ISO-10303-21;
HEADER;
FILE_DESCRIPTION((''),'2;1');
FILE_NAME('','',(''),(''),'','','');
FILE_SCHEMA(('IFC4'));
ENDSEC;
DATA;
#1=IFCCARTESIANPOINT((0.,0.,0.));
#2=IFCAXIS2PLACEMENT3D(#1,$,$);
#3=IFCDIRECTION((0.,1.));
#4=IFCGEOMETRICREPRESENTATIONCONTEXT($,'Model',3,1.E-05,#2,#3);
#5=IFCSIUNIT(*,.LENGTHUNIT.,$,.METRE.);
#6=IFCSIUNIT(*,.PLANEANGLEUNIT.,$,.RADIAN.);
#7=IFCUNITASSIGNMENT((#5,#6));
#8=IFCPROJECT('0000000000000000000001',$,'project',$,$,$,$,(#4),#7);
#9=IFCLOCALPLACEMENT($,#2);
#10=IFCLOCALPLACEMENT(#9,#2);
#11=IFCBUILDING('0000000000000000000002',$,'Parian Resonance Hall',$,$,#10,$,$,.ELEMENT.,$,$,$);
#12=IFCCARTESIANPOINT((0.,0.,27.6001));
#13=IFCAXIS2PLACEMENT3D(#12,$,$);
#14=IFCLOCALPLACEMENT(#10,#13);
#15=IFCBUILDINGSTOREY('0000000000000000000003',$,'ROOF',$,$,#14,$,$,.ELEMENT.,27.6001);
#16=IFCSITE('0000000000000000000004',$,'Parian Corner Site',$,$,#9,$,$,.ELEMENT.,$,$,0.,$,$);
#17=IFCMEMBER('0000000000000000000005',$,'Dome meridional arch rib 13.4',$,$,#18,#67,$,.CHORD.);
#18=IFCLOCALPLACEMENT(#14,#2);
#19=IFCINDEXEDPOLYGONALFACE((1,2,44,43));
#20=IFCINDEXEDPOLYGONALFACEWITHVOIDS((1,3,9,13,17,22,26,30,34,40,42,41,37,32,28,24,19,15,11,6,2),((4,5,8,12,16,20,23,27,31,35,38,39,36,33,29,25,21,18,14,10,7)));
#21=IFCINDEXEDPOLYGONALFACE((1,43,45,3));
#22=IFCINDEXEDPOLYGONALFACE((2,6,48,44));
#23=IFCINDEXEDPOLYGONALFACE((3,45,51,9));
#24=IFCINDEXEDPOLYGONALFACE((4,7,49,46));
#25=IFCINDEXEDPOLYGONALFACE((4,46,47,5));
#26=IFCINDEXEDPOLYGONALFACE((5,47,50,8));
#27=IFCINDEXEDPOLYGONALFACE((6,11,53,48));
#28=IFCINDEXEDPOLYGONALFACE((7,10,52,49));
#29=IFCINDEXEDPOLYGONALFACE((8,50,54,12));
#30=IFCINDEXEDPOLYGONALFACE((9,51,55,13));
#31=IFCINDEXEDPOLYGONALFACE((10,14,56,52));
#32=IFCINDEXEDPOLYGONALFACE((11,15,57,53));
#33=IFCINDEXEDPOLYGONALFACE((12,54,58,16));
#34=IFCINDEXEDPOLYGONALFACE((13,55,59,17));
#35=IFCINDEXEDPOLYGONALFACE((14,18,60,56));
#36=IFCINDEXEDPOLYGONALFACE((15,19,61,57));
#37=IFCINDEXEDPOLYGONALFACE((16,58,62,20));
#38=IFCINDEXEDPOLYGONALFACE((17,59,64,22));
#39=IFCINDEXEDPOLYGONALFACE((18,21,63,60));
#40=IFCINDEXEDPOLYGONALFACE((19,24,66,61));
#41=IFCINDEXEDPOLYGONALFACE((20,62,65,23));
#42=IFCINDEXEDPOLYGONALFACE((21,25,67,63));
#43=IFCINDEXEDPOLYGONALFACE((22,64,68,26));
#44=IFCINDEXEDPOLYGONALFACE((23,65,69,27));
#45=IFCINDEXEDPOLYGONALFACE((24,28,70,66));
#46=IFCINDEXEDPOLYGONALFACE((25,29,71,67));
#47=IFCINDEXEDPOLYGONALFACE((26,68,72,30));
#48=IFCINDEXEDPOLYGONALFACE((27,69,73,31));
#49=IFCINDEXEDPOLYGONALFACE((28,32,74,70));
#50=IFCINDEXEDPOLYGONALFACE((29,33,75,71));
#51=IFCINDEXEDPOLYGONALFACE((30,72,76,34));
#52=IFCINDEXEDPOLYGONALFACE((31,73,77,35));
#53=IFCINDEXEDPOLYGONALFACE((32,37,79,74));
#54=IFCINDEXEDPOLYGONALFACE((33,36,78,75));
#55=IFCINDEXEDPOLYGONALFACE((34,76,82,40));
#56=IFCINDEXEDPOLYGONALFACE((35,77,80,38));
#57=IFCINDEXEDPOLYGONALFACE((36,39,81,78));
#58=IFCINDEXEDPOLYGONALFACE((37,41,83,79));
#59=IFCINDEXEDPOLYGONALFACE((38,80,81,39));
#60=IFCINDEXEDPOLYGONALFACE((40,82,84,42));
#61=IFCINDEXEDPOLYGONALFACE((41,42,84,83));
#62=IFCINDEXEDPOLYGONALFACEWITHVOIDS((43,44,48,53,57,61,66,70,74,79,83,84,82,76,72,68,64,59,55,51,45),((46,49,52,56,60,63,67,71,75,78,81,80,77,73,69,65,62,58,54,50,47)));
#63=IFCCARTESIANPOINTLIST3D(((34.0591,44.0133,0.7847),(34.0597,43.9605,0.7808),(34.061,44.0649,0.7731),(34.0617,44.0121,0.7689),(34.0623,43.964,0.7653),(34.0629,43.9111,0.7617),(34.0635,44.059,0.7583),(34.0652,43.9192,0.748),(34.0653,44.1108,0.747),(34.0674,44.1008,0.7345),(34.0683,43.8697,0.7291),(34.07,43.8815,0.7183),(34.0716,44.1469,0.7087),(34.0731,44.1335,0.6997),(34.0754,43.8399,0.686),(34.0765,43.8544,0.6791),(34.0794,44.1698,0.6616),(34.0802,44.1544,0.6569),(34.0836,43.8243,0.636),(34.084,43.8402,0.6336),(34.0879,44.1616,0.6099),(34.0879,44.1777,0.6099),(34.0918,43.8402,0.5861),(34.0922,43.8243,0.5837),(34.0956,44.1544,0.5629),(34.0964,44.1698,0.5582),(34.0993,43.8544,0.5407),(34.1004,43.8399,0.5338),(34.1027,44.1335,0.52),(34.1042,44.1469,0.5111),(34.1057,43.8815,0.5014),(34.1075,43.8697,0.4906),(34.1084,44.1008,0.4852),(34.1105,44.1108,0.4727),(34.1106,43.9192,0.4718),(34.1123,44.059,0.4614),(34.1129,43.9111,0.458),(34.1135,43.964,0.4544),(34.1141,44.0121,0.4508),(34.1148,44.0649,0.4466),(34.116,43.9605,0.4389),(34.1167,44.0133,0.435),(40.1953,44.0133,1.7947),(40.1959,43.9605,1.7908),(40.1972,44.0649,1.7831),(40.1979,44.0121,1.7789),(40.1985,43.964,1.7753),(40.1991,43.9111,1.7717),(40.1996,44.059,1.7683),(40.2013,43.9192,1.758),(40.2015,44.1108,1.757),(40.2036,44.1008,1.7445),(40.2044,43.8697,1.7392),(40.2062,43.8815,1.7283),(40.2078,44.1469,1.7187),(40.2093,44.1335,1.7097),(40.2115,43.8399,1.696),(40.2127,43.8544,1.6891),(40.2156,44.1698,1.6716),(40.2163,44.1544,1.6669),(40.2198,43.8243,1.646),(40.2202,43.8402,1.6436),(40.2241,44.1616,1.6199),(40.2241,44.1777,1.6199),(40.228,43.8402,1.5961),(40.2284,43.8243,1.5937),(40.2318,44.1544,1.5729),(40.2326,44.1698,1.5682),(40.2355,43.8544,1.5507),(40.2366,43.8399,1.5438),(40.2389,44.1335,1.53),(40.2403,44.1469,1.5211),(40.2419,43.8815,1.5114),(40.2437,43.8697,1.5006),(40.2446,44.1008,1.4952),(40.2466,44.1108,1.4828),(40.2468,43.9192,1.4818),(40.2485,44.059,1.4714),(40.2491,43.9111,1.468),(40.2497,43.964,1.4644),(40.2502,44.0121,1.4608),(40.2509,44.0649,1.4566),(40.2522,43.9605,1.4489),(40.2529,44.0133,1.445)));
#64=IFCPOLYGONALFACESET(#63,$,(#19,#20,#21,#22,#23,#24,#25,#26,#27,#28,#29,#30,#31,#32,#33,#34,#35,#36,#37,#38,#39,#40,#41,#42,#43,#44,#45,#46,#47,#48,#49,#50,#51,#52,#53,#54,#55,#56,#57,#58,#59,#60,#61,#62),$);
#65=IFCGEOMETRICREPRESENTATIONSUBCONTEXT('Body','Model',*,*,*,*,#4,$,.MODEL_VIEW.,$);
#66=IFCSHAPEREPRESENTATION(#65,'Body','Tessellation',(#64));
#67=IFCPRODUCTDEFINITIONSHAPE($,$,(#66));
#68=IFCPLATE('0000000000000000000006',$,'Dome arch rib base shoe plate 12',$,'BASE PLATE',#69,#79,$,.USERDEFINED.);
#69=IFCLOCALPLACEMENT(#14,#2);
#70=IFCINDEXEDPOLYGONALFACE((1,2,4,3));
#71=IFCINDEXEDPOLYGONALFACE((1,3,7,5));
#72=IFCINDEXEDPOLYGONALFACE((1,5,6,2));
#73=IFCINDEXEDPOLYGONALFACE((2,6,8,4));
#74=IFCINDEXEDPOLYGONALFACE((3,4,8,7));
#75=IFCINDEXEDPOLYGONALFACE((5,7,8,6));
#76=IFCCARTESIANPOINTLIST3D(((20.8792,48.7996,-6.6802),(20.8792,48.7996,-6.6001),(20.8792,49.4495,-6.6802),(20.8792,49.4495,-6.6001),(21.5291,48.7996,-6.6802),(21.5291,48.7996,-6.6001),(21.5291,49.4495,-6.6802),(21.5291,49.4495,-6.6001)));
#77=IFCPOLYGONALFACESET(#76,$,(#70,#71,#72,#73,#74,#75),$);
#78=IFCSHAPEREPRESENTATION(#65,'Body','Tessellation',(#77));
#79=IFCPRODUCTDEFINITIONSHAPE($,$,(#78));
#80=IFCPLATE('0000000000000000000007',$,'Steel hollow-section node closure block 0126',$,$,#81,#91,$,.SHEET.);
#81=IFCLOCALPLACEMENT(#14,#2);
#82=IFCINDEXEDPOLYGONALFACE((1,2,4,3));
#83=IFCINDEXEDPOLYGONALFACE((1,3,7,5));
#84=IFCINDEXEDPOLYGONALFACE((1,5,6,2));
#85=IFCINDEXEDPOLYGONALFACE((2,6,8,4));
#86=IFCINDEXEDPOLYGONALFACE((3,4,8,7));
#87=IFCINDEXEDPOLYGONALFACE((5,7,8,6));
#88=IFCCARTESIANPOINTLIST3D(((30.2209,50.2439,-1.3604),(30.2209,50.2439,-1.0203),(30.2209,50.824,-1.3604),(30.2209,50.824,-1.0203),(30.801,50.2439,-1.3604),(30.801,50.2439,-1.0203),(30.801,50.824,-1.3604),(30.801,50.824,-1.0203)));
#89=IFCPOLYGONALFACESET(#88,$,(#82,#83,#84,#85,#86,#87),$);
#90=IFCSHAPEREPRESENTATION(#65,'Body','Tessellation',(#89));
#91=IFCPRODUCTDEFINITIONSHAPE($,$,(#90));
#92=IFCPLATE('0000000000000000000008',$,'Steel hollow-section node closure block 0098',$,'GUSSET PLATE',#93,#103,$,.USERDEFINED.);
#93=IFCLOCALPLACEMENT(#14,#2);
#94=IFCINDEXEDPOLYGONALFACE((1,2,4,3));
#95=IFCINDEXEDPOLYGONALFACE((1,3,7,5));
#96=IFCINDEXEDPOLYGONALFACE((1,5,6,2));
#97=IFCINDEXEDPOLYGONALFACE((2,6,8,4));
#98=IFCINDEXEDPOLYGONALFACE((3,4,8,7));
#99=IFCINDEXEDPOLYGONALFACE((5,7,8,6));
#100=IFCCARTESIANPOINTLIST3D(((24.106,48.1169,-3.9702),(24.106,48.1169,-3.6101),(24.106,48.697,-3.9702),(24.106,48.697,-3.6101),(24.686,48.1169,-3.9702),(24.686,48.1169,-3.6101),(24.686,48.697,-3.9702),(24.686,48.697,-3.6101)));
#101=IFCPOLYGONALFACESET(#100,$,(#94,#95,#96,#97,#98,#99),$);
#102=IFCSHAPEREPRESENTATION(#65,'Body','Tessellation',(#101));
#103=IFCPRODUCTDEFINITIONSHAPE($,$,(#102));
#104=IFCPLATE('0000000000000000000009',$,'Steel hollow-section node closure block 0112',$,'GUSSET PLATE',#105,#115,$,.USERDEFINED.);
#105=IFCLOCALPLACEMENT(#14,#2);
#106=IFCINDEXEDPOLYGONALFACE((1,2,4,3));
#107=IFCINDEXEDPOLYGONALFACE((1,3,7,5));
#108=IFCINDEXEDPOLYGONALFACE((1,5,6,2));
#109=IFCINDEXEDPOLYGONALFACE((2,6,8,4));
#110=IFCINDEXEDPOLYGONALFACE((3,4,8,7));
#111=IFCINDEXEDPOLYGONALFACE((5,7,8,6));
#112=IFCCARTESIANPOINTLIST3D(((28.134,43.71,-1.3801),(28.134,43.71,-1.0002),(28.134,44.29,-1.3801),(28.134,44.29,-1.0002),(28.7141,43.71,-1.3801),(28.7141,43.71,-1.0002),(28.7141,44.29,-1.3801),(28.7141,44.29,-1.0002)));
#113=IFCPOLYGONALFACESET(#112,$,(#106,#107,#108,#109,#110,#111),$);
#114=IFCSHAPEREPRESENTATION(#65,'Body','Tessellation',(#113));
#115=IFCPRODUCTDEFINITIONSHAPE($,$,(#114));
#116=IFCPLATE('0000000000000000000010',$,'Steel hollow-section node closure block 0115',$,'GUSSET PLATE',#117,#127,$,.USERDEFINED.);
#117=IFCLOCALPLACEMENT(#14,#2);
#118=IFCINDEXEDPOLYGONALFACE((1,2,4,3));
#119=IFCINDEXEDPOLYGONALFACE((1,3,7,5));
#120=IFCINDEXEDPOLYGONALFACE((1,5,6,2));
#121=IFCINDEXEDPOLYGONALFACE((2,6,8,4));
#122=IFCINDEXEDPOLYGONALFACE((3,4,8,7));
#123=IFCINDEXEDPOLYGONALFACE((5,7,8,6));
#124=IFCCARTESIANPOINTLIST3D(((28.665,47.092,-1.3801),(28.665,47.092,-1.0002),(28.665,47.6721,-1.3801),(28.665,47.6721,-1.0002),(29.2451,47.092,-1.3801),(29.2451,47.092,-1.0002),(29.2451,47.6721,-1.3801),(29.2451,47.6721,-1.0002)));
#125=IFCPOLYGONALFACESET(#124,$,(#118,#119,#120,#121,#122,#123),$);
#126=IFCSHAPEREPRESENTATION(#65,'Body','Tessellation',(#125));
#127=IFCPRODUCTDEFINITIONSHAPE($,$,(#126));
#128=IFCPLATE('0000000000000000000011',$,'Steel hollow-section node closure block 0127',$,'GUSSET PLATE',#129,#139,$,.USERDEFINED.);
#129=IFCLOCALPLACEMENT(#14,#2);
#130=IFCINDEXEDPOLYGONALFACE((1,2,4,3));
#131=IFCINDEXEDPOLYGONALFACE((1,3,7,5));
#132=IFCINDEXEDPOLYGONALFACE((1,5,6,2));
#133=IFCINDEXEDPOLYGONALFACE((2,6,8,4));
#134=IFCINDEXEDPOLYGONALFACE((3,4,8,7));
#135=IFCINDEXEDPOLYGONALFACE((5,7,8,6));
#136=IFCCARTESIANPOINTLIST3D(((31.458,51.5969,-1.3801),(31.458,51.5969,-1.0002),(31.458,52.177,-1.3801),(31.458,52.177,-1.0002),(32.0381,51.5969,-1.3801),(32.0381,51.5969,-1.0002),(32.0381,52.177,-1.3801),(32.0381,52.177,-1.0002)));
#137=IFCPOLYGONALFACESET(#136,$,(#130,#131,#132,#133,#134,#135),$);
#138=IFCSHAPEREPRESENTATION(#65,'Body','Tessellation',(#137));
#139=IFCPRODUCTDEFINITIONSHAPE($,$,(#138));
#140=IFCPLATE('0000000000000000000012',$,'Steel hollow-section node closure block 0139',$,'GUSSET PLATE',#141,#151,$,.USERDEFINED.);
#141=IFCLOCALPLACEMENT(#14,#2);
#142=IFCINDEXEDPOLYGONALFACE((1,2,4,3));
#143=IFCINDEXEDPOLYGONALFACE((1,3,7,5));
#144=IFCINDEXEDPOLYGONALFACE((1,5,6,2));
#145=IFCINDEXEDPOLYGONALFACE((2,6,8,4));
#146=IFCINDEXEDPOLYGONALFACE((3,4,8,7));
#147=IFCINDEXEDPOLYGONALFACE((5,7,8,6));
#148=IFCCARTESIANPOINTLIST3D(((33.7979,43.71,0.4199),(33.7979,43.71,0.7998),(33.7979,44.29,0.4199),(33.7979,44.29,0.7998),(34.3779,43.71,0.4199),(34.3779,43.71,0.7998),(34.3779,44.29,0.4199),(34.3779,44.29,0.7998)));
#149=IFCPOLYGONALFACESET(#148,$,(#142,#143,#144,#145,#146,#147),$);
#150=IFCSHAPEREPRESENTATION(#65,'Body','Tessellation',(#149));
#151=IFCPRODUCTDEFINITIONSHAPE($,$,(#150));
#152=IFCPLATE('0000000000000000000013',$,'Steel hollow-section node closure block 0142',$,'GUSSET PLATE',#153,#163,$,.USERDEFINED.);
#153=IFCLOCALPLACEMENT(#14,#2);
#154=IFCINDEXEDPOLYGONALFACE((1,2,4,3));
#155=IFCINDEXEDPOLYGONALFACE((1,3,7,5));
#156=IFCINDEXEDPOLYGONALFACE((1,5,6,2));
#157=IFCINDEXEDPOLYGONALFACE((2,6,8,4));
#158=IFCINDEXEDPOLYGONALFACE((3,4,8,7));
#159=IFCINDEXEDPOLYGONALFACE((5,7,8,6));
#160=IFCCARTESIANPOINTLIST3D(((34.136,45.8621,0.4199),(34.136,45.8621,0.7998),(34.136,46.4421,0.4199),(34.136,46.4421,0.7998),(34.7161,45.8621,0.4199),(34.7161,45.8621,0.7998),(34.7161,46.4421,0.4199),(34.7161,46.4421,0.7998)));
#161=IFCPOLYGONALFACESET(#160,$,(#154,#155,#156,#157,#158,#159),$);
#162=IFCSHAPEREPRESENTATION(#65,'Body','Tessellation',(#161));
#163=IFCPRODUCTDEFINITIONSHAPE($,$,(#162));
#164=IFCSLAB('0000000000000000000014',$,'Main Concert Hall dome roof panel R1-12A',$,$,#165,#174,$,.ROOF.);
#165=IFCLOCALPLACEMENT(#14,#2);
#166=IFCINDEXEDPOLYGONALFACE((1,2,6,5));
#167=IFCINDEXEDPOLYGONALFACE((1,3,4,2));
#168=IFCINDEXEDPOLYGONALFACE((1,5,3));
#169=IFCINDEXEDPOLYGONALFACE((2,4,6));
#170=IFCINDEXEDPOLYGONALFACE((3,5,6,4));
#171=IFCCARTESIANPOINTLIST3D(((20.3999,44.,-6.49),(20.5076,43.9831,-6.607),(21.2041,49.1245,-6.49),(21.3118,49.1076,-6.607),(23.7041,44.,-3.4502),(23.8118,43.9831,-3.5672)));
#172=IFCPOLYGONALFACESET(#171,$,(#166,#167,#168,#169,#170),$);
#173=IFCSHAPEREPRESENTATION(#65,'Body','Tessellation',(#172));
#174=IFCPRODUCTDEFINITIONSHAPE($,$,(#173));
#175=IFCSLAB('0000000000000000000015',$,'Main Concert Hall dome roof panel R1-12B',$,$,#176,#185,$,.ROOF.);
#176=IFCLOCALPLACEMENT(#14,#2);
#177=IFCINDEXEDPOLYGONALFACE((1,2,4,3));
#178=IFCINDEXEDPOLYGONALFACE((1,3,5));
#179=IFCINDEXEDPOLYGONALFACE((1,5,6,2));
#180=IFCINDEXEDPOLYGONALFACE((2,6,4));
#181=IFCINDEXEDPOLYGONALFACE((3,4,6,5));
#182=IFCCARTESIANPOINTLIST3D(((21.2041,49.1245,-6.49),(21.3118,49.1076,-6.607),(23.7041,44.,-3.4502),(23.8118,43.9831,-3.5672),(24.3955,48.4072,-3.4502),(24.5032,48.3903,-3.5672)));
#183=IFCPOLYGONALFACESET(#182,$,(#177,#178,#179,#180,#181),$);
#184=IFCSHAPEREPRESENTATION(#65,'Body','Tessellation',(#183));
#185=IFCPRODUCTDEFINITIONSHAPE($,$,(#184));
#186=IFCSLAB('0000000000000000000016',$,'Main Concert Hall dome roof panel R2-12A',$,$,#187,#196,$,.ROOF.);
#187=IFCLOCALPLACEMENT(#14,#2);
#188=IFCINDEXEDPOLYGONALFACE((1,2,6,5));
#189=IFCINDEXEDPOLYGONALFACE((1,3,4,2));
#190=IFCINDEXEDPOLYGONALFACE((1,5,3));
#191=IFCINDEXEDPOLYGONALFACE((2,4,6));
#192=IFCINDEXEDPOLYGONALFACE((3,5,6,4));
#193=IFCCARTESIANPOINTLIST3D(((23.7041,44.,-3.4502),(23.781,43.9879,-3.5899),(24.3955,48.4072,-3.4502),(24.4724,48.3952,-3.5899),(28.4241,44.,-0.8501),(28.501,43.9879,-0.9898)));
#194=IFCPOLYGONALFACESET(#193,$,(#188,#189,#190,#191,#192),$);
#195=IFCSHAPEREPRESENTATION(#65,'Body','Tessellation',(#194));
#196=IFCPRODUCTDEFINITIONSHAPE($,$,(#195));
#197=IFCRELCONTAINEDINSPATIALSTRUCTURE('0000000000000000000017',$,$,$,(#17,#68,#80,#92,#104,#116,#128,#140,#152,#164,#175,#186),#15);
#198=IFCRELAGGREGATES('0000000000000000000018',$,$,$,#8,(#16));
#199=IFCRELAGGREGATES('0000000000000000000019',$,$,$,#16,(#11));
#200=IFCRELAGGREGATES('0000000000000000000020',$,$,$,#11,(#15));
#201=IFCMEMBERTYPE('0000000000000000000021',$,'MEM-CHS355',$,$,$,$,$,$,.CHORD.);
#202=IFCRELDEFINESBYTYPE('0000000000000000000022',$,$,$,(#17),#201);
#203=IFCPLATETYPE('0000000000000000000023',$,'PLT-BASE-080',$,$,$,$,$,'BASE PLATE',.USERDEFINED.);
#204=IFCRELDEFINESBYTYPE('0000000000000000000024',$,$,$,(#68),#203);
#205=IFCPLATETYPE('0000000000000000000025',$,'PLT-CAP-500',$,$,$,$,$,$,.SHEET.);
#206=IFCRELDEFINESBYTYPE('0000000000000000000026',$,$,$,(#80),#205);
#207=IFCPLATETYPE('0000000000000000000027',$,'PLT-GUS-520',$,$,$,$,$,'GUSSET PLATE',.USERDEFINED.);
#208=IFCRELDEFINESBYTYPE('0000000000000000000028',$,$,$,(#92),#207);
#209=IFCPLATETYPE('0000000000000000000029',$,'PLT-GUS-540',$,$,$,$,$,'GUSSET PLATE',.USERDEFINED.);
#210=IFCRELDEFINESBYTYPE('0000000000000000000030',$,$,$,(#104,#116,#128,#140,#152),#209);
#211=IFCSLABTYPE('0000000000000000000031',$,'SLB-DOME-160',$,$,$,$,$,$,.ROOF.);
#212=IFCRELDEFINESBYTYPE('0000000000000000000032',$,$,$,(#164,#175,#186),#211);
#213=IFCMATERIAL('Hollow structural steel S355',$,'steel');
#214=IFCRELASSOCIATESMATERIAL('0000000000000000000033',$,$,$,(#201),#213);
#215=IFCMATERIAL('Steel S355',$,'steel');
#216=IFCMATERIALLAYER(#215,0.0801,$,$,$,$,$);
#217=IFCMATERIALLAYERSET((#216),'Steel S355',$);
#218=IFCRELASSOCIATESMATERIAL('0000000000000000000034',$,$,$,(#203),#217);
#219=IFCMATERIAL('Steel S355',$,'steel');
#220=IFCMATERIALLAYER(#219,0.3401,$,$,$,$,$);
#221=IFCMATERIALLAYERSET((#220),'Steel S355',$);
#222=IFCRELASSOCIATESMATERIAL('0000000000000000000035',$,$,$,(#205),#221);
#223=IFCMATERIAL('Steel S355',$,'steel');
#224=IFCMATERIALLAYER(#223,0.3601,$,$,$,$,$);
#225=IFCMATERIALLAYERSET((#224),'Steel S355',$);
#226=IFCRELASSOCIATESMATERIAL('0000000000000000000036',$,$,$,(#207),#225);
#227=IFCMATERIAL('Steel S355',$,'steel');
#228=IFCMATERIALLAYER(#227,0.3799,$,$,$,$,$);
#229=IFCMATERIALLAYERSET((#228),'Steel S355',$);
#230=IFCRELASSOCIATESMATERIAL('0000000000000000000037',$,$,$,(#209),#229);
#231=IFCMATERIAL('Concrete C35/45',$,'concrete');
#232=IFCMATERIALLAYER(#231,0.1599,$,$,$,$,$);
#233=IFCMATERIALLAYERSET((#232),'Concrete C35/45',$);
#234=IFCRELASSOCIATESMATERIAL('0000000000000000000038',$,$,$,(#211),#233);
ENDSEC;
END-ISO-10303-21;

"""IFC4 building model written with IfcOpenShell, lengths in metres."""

from ifc_helpers import new_model, si_unit, direction, frame, origin, origin_2d, place, context, subcontext, project, spatial, polyline, rectangle, hollow_circle, outline, extrude, material, layer, layer_set, material_profile, profile_set, type_object, element, save


model = new_model("IFC4")

# Units and contexts
model_context = context("Model", 3, precision=1e-05, world=origin(), true_north=direction((0.0, 1.0)))
body_context = subcontext(model_context, "Body", "Model", "MODEL_VIEW")
ifc_project = project(units=[si_unit("LENGTHUNIT", "METRE"), si_unit("PLANEANGLEUNIT", "RADIAN")], contexts=[model_context])

# Site, building, storey
site_placement = place(None, origin())
site = spatial("IfcSite", under=ifc_project, at=site_placement, Name="Parian Corner Site", CompositionType="ELEMENT", RefElevation=0.0)
building_placement = place(site_placement, origin())
building = spatial("IfcBuilding", under=site, at=building_placement, Name="Parian Resonance Hall", CompositionType="ELEMENT")
storey_placement = place(building_placement, frame((0.0, 0.0, 27.6001)))
storey = spatial("IfcBuildingStorey", under=building, at=storey_placement, Name="ROOF", CompositionType="ELEMENT", Elevation=27.6001)

# Member
ifc_material_1 = material(Name="Hollow structural steel S355", Category="steel")
ifc_material_profile_1 = material_profile(ifc_material_1, hollow_circle(Radius=0.1777, WallThickness=0.0161, at=origin_2d()), Name="CHS355.6x16")
ifc_profile_set_1 = profile_set([ifc_material_profile_1], Name="Hollow structural steel S355")
member_type_1 = type_object("IfcMemberType", Name="MEM-CHS355", PredefinedType="CHORD", material=ifc_profile_set_1)
member_1_placement = place(storey_placement, frame((34.0879, 44.0, 0.6099), z_axis=(0.986723, 0.0, 0.162412), x_axis=(0.0, 1.0, 0.0)))
element("IfcMember", 1, at=member_1_placement, inside=storey, type_object=member_type_1, Name="Dome meridional arch rib 13.4", PredefinedType="CHORD", context=body_context, shape_type="SweptSolid", body=[
    extrude(hollow_circle(Radius=0.1777, WallThickness=0.0161, at=origin_2d()), origin(), (0.0, 0.0, 1.0), 6.2188),
])

# Plates
ifc_material_2 = material(Name="Steel S355", Category="steel")
ifc_layer_1 = layer(ifc_material_2, 0.0801)
ifc_layer_set_1 = layer_set([ifc_layer_1], Name="Steel S355")
plate_type_1 = type_object("IfcPlateType", Name="PLT-BASE-080", ElementType="BASE PLATE", PredefinedType="USERDEFINED", material=ifc_layer_set_1)
plate_1_placement = place(storey_placement, frame((21.2041, 49.1245, -6.6802), z_axis=(0.0, 0.0, 1.0), x_axis=(1.0, 0.0, 0.0)))
element("IfcPlate", 2, at=plate_1_placement, inside=storey, type_object=plate_type_1, Name="Dome arch rib base shoe plate 12", ObjectType="BASE PLATE", PredefinedType="USERDEFINED", context=body_context, shape_type="SweptSolid", body=[
    extrude(rectangle(XDim=0.6499, YDim=0.6499, at=origin_2d()), origin(), (0.0, 0.0, 1.0), 0.0801),
])
ifc_material_3 = material(Name="Steel S355", Category="steel")
ifc_layer_2 = layer(ifc_material_3, 0.3401)
ifc_layer_set_2 = layer_set([ifc_layer_2], Name="Steel S355")
plate_type_2 = type_object("IfcPlateType", Name="PLT-CAP-500", PredefinedType="SHEET", material=ifc_layer_set_2)
plate_2_placement = place(storey_placement, frame((30.511, 50.5339, -1.3604), z_axis=(0.0, 0.0, 1.0), x_axis=(1.0, 0.0, 0.0)))
element("IfcPlate", 3, at=plate_2_placement, inside=storey, type_object=plate_type_2, Name="Steel hollow-section node closure block 0126", PredefinedType="SHEET", context=body_context, shape_type="SweptSolid", body=[
    extrude(rectangle(XDim=0.5801, YDim=0.5801, at=origin_2d()), origin(), (0.0, 0.0, 1.0), 0.3401),
])
ifc_material_4 = material(Name="Steel S355", Category="steel")
ifc_layer_3 = layer(ifc_material_4, 0.3601)
ifc_layer_set_3 = layer_set([ifc_layer_3], Name="Steel S355")
plate_type_3 = type_object("IfcPlateType", Name="PLT-GUS-520", ElementType="GUSSET PLATE", PredefinedType="USERDEFINED", material=ifc_layer_set_3)
plate_3_placement = place(storey_placement, frame((24.396, 48.407, -3.9702), z_axis=(0.0, 0.0, 1.0), x_axis=(1.0, 0.0, 0.0)))
element("IfcPlate", 4, at=plate_3_placement, inside=storey, type_object=plate_type_3, Name="Steel hollow-section node closure block 0098", ObjectType="GUSSET PLATE", PredefinedType="USERDEFINED", context=body_context, shape_type="SweptSolid", body=[
    extrude(rectangle(XDim=0.5801, YDim=0.5801, at=origin_2d()), origin(), (0.0, 0.0, 1.0), 0.3601),
])
ifc_material_5 = material(Name="Steel S355", Category="steel")
ifc_layer_4 = layer(ifc_material_5, 0.3799)
ifc_layer_set_4 = layer_set([ifc_layer_4], Name="Steel S355")
plate_type_4 = type_object("IfcPlateType", Name="PLT-GUS-540", ElementType="GUSSET PLATE", PredefinedType="USERDEFINED", material=ifc_layer_set_4)
for number, where, z_axis, x_axis, name in (
    (5, (28.4241, 44.0, -1.3801), (0.0, 0.0, 1.0), (1.0, 0.0, 0.0), "Steel hollow-section node closure block 0112"),
    (6, (28.9551, 47.3821, -1.3801), (0.0, 0.0, 1.0), (1.0, 0.0, 0.0), "Steel hollow-section node closure block 0115"),
    (7, (31.748, 51.887, -1.3801), (0.0, 0.0, 1.0), (1.0, 0.0, 0.0), "Steel hollow-section node closure block 0127"),
    (8, (34.0879, 44.0, 0.4199), (0.0, 0.0, 1.0), (1.0, 0.0, 0.0), "Steel hollow-section node closure block 0139"),
    (9, (34.426, 46.1521, 0.4199), (0.0, 0.0, 1.0), (1.0, 0.0, 0.0), "Steel hollow-section node closure block 0142"),
):
    element("IfcPlate", number, at=place(storey_placement, frame(where, z_axis=z_axis, x_axis=x_axis)), inside=storey, type_object=plate_type_4, Name=name, ObjectType="GUSSET PLATE", PredefinedType="USERDEFINED", context=body_context, shape_type="SweptSolid", body=[
        extrude(rectangle(XDim=0.5801, YDim=0.5801, at=origin_2d()), origin(), (0.0, 0.0, 1.0), 0.3799),
    ])

# Slabs
ifc_material_6 = material(Name="Concrete C35/45", Category="concrete")
ifc_layer_5 = layer(ifc_material_6, 0.1599)
ifc_layer_set_5 = layer_set([ifc_layer_5], Name="Concrete C35/45")
slab_type = type_object("IfcSlabType", Name="SLB-DOME-160", PredefinedType="ROOF", material=ifc_layer_set_5)
slab_1_placement = place(storey_placement, frame((21.2041, 49.1245, -6.49), z_axis=(-0.673259, 0.105656, 0.731819), x_axis=(-0.155034, -0.987909, 0.0)))
element("IfcSlab", 10, at=slab_1_placement, inside=storey, type_object=slab_type, Name="Main Concert Hall dome roof panel R1-12A", PredefinedType="ROOF", context=body_context, shape_type="SweptSolid", body=[
    extrude(outline(polyline([(0.0, 0.0), (5.1872, 0.0), (4.675, 4.4605), (0.0, 0.0)])), origin(), (0.0, 0.0, -1.0), 0.1599),
])
slab_2_placement = place(storey_placement, frame((21.2041, 49.1245, -6.49), z_axis=(-0.67329, 0.105626, 0.731795), x_axis=(0.386907, -0.793084, 0.470447)))
element("IfcSlab", 11, at=slab_2_placement, inside=storey, type_object=slab_type, Name="Main Concert Hall dome roof panel R1-12B", PredefinedType="ROOF", context=body_context, shape_type="SweptSolid", body=[
    extrude(outline(polyline([(0.0, 0.0), (6.4615, 0.0), (3.2337, 3.0795), (0.0, 0.0)])), origin(), (0.0, 0.0, -1.0), 0.1599),
])
slab_3_placement = place(storey_placement, frame((24.3955, 48.4072, -3.4502), z_axis=(-0.481128, 0.075479, 0.873395), x_axis=(-0.154985, -0.987917, 0.0)))
element("IfcSlab", 12, at=slab_3_placement, inside=storey, type_object=slab_type, Name="Main Concert Hall dome roof panel R2-12A", PredefinedType="ROOF", context=body_context, shape_type="SweptSolid", body=[
    extrude(outline(polyline([(0.0, 0.0), (4.4611, 0.0), (3.7296, 5.3389), (0.0, 0.0)])), origin(), (0.0, 0.0, -1.0), 0.1599),
])

save(model, "model.ifc")
